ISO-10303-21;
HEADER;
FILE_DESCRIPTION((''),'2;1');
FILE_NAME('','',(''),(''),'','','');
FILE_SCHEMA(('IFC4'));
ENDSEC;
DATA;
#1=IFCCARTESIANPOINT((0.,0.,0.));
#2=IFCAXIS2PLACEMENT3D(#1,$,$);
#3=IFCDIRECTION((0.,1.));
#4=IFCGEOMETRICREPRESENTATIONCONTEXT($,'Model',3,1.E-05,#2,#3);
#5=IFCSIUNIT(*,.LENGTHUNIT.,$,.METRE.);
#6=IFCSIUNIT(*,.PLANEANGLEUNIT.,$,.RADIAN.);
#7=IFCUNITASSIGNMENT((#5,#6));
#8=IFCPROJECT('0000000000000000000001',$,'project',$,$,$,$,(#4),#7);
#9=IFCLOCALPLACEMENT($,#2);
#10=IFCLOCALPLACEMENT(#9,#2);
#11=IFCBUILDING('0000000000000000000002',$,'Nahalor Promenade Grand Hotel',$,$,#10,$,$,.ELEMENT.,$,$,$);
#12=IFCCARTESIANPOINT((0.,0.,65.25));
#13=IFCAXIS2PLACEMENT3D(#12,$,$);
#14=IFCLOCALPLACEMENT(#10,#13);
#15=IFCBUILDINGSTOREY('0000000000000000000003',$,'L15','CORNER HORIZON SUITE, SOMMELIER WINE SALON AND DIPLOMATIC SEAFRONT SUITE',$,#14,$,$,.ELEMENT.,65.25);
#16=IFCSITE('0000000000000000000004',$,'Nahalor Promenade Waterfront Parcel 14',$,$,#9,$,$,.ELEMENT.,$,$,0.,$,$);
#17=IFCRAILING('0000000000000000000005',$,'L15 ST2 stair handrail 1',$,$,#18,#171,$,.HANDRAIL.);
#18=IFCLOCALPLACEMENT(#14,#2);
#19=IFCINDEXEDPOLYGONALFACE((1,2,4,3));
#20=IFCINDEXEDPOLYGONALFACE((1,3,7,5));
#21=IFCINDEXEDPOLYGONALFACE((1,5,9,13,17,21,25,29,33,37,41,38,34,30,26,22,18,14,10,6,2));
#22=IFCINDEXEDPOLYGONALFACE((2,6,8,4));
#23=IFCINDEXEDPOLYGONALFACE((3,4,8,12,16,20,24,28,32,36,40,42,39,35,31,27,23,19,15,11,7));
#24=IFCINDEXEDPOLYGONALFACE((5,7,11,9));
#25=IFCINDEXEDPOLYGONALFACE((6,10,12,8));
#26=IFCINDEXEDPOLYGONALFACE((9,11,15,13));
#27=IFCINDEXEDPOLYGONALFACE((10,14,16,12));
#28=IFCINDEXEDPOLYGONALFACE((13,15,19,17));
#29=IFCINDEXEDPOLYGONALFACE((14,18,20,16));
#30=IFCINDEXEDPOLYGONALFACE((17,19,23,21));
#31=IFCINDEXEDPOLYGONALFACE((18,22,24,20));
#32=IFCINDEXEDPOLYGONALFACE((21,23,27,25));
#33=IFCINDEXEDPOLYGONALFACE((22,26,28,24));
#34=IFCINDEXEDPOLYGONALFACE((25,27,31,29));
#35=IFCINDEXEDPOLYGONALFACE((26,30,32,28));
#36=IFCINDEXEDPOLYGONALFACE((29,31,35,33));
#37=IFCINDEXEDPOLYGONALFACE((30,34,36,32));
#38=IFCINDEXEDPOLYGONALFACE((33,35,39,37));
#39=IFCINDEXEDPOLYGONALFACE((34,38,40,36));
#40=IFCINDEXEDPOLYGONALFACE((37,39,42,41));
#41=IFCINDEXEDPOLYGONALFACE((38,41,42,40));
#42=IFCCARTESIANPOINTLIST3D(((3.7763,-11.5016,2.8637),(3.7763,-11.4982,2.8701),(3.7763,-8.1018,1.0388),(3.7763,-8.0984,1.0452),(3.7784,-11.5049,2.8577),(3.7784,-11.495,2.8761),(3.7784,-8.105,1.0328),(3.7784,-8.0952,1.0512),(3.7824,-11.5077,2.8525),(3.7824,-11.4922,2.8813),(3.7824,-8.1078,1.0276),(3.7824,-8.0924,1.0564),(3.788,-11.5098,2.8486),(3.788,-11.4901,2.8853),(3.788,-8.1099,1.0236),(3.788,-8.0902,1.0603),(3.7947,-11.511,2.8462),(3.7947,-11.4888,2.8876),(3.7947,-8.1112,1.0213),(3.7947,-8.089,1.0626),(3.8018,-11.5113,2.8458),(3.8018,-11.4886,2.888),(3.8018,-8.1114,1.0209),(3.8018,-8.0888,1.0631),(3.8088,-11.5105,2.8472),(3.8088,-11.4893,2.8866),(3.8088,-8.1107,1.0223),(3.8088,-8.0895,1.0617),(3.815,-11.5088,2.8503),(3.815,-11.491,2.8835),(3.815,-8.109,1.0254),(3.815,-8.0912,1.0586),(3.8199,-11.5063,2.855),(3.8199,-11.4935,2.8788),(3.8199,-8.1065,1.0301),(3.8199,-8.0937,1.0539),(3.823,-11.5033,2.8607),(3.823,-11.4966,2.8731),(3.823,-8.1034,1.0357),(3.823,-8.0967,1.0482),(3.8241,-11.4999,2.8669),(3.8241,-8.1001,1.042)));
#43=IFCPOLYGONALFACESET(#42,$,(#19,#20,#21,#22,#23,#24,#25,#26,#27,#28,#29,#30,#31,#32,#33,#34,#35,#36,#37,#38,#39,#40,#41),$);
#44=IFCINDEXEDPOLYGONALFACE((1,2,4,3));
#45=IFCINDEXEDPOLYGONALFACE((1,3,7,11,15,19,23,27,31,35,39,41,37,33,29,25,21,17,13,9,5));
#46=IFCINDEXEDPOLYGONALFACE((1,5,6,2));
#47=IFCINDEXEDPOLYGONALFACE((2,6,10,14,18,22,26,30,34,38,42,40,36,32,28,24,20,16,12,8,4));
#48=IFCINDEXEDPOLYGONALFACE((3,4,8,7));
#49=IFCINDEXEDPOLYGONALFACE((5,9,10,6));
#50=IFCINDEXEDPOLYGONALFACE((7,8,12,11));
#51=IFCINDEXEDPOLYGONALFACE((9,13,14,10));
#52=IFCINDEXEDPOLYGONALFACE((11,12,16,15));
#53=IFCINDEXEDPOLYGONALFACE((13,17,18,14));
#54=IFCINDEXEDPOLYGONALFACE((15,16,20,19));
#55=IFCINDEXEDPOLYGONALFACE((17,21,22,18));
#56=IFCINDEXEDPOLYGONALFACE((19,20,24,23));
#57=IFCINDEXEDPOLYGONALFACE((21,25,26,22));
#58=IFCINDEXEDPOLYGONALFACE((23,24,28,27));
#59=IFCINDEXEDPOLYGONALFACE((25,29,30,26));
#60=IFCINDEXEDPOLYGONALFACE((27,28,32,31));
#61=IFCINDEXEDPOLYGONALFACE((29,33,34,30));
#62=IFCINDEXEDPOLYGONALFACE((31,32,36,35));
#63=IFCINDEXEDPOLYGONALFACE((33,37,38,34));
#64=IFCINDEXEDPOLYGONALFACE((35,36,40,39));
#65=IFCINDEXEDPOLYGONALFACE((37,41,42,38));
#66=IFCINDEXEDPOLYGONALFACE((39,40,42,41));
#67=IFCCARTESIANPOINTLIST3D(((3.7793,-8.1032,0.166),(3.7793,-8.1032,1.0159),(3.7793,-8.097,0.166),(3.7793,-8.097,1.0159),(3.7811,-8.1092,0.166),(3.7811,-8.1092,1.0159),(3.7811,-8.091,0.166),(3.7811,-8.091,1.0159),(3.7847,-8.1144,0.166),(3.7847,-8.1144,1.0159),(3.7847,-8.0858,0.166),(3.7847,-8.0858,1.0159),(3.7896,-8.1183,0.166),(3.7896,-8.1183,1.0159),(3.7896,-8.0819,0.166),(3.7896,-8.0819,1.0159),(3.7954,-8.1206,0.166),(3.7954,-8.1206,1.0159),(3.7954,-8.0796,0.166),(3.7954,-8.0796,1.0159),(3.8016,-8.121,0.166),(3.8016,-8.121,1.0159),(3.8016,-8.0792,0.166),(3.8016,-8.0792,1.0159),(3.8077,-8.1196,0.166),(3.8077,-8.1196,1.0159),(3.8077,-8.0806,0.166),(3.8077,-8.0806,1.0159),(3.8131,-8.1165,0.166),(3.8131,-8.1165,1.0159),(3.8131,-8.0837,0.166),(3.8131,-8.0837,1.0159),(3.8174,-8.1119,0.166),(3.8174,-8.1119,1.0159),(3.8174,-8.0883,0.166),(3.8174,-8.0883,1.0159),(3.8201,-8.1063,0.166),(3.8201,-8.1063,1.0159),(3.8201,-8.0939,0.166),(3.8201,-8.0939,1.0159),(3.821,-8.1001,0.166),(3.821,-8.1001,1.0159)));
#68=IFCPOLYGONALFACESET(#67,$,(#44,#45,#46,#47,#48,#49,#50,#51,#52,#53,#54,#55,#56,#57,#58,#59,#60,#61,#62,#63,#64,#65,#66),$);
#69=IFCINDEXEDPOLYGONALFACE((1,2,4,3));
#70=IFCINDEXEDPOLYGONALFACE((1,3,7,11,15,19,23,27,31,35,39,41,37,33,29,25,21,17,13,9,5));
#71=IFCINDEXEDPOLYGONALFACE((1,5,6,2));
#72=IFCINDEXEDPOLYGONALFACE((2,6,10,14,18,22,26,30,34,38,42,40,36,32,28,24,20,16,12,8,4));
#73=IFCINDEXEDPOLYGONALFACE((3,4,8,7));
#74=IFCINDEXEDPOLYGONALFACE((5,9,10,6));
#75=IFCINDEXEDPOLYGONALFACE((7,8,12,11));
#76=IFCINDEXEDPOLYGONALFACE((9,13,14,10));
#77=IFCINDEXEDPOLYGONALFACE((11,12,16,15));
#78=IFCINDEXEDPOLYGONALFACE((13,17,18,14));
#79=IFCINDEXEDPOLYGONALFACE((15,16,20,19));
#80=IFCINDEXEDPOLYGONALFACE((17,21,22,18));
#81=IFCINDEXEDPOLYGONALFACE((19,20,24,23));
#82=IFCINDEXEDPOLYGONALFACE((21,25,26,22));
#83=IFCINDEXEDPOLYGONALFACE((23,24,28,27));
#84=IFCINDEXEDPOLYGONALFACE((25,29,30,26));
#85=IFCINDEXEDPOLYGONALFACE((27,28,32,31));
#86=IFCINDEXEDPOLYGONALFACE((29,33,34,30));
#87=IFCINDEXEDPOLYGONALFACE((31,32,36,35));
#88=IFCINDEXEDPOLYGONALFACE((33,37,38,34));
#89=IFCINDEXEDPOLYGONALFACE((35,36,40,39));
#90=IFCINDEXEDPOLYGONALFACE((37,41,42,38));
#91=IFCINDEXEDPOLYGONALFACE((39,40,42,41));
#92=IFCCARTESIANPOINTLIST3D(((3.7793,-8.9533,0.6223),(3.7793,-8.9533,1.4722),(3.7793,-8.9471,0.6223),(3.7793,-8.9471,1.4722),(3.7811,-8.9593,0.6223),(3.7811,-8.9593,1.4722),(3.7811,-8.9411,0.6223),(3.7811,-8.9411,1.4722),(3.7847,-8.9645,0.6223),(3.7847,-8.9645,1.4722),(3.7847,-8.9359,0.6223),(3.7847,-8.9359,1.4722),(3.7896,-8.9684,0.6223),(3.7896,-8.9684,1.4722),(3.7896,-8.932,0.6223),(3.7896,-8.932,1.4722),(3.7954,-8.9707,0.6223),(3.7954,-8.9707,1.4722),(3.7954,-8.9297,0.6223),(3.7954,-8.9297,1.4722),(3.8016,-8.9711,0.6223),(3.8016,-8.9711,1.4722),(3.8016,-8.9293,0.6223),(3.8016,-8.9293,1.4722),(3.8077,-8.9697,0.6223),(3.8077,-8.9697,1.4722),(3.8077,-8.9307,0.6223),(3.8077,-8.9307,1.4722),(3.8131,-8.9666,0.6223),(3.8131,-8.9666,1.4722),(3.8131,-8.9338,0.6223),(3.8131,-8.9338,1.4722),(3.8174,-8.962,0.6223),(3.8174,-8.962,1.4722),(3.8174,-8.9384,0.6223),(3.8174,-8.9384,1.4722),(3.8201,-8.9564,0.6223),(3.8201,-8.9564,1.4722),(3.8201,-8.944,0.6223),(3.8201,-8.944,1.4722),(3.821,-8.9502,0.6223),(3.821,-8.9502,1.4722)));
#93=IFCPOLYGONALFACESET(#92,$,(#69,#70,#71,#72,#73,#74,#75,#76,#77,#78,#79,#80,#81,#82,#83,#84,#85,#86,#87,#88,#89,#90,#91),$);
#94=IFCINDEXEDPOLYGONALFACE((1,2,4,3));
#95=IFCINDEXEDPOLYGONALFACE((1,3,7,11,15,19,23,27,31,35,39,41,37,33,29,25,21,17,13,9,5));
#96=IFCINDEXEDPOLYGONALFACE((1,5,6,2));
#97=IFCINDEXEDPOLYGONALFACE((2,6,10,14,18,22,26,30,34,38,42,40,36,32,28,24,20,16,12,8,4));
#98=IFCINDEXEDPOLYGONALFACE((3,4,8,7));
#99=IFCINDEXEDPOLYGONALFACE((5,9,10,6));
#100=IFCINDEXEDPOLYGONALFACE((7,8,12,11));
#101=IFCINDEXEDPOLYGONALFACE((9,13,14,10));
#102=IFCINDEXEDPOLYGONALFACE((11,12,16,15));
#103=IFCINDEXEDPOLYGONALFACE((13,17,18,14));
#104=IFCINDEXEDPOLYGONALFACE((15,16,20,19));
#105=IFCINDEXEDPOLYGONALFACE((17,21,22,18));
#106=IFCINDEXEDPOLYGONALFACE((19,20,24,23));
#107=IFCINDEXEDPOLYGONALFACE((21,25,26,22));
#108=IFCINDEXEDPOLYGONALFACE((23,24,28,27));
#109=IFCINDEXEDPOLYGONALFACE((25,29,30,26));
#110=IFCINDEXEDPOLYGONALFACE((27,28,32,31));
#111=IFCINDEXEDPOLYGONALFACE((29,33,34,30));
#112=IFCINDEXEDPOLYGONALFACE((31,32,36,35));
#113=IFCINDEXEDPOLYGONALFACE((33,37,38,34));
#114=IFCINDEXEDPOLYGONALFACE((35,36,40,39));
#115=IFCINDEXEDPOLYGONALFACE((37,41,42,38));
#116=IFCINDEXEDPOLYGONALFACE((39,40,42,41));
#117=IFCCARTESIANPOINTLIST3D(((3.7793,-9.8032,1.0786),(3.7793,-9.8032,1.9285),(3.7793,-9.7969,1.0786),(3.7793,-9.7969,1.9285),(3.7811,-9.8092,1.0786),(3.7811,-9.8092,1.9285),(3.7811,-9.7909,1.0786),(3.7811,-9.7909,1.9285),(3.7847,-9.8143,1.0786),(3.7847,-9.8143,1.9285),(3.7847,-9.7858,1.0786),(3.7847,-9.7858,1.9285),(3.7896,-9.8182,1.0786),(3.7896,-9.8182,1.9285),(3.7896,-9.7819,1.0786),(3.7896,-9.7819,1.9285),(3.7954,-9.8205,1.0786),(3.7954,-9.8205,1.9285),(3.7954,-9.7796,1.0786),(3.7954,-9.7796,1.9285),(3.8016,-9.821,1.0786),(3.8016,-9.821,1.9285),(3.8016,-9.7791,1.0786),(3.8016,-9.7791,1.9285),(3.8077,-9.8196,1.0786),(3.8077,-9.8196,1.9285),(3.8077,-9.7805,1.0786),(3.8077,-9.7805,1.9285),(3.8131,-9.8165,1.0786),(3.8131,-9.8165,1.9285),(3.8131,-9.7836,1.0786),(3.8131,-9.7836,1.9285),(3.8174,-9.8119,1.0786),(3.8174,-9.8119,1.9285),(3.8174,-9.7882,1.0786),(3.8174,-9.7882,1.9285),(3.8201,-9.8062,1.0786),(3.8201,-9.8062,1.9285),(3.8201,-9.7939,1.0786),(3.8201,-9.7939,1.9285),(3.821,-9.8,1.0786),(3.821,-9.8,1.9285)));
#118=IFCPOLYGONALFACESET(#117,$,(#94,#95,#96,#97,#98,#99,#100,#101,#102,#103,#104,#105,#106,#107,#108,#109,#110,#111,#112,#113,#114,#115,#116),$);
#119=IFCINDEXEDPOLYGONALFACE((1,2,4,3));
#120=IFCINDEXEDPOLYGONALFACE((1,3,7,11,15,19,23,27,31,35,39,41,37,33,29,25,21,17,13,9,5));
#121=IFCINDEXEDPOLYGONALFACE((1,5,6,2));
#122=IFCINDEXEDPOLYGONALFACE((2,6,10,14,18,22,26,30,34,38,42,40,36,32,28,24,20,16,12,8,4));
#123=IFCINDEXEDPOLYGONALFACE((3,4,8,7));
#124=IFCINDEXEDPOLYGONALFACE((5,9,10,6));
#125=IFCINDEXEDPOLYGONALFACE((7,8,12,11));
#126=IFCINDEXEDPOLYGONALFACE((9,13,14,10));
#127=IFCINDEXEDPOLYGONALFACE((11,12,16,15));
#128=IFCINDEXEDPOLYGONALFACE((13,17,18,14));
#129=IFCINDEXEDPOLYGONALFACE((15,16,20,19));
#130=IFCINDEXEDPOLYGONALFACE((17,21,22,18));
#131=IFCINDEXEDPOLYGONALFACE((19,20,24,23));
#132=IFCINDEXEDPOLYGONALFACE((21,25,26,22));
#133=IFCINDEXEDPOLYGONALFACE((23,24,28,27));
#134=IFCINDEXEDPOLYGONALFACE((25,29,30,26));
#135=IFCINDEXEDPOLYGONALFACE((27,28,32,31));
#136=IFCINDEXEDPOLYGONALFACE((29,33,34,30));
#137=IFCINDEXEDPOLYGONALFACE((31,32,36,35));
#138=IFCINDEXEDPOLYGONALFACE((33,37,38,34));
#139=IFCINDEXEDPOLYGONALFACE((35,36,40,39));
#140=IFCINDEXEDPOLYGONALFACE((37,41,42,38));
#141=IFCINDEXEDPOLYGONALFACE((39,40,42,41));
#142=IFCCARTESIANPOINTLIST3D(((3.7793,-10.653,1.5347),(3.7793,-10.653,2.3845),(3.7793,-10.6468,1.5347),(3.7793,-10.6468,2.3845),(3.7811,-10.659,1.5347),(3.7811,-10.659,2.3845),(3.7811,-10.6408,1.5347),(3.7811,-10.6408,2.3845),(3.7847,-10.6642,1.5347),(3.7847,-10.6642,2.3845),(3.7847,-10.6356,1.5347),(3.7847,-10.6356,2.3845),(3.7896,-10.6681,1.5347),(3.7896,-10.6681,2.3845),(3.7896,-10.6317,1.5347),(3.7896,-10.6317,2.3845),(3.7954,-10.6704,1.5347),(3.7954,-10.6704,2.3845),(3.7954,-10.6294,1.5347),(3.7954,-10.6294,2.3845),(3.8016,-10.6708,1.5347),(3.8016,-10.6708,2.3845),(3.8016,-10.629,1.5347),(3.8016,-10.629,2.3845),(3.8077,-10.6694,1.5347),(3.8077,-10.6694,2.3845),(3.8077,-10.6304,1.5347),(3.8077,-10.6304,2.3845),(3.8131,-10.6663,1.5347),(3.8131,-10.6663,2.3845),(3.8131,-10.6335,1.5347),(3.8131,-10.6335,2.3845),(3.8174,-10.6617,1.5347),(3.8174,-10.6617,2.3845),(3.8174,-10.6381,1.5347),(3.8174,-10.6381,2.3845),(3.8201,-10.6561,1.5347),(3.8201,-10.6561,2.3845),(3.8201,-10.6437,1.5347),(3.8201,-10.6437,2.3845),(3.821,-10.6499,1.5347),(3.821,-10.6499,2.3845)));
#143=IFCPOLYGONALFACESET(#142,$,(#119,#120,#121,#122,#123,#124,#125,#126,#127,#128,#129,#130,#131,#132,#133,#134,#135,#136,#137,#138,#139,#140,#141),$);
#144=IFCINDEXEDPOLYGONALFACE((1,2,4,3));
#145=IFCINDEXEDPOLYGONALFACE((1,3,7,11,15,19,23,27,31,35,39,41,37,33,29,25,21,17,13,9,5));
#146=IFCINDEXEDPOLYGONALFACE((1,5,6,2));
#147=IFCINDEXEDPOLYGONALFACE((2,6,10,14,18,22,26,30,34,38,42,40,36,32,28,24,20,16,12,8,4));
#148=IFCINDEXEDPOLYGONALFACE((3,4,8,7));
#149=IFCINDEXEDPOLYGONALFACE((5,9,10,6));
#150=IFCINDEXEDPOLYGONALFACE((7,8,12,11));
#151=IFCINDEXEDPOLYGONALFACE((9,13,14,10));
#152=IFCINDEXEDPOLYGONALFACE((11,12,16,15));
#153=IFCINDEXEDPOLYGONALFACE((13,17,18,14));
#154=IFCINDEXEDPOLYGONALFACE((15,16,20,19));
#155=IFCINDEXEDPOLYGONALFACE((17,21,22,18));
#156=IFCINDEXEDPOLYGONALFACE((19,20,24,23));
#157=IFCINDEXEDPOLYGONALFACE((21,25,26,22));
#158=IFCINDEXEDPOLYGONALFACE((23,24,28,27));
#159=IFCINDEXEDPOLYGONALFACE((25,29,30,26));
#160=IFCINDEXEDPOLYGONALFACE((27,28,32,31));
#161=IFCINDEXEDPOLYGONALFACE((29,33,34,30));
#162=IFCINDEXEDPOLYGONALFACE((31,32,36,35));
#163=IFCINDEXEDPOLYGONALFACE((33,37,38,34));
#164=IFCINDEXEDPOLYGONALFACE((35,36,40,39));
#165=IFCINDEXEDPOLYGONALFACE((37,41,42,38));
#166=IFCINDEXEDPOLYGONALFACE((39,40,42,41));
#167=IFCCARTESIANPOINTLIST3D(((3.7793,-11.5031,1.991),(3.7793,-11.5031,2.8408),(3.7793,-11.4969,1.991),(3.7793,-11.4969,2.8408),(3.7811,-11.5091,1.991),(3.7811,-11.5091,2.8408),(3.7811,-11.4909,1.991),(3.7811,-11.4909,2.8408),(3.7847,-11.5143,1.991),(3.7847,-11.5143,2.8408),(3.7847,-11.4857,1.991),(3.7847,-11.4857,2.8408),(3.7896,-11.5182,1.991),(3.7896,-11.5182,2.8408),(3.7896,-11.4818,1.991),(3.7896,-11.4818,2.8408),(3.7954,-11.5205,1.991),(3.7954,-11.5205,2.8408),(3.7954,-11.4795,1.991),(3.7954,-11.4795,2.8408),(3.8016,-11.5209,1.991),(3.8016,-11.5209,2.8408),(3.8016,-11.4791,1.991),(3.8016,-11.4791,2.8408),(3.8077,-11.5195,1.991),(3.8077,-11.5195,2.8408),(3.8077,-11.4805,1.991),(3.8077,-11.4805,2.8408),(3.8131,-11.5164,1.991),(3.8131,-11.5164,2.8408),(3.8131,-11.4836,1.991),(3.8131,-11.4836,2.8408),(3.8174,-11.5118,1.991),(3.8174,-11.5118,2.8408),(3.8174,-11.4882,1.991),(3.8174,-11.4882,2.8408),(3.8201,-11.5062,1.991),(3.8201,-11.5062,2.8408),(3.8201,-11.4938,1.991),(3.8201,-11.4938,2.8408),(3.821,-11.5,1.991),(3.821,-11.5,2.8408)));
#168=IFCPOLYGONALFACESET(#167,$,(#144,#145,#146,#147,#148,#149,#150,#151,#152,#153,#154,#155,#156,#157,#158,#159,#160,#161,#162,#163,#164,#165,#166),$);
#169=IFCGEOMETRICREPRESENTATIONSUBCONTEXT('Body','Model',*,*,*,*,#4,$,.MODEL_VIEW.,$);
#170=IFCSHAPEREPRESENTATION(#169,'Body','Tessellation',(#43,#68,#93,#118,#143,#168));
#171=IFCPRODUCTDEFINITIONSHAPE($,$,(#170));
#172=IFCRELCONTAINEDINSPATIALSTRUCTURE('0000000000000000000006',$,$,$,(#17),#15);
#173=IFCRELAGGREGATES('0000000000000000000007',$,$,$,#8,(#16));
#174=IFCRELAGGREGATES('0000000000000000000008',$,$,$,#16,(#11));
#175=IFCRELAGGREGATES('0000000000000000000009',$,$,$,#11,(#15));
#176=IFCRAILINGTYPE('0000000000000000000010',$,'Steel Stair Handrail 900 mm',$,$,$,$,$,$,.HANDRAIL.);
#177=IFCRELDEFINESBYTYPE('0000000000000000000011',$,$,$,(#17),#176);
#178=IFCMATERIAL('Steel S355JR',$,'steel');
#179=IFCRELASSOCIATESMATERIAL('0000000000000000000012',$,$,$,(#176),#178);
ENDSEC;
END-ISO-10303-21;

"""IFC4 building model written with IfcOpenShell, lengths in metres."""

from ifc_helpers import new_model, si_unit, direction, frame, origin, origin_2d, place, context, subcontext, project, spatial, circle, extrude, material, type_object, element, save


model = new_model("IFC4")

# Units and contexts
model_context = context("Model", 3, precision=1e-05, world=origin(), true_north=direction((0.0, 1.0)))
body_context = subcontext(model_context, "Body", "Model", "MODEL_VIEW")
ifc_project = project(units=[si_unit("LENGTHUNIT", "METRE"), si_unit("PLANEANGLEUNIT", "RADIAN")], contexts=[model_context])

# Site, building, storey
site_placement = place(None, origin())
site = spatial("IfcSite", under=ifc_project, at=site_placement, Name="Nahalor Promenade Waterfront Parcel 14", CompositionType="ELEMENT", RefElevation=0.0)
building_placement = place(site_placement, origin())
building = spatial("IfcBuilding", under=site, at=building_placement, Name="Nahalor Promenade Grand Hotel", CompositionType="ELEMENT")
storey_placement = place(building_placement, frame((0.0, 0.0, 65.25)))
storey = spatial("IfcBuildingStorey", under=building, at=storey_placement, Name="L15", Description="CORNER HORIZON SUITE, SOMMELIER WINE SALON AND DIPLOMATIC SEAFRONT SUITE", CompositionType="ELEMENT", Elevation=65.25)

# Shared definitions
ifc_material_1 = material(Name="Steel S355JR", Category="steel")

# Railing
railing_type_1 = type_object("IfcRailingType", Name="Steel Stair Handrail 900 mm", PredefinedType="HANDRAIL", material=ifc_material_1)
railing_1_placement = place(storey_placement, frame((3.8, -8.1001, 0.166)))
element("IfcRailing", 1, at=railing_1_placement, inside=storey, type_object=railing_type_1, Name="L15 ST2 stair handrail 1", PredefinedType="HANDRAIL", context=body_context, shape_type="SweptSolid", body=[
    extrude(circle(Radius=0.024, at=origin_2d()), frame((0.0, 0.0, 0.876), z_axis=(0.0, -0.881094, 0.472941), x_axis=(1.0, 0.0, 0.0)), (0.0, 0.0, 1.0), 3.8586),
    extrude(circle(Radius=0.021, at=origin_2d()), origin(), (0.0, 0.0, 1.0), 0.8499),
    extrude(circle(Radius=0.021, at=origin_2d()), frame((0.0, -0.8501, 0.4563)), (0.0, 0.0, 1.0), 0.8499),
    extrude(circle(Radius=0.021, at=origin_2d()), frame((0.0, -1.7, 0.9126)), (0.0, 0.0, 1.0), 0.8499),
    extrude(circle(Radius=0.021, at=origin_2d()), frame((0.0, -2.5498, 1.3687)), (0.0, 0.0, 1.0), 0.8499),
    extrude(circle(Radius=0.021, at=origin_2d()), frame((0.0, -3.3999, 1.825)), (0.0, 0.0, 1.0), 0.8499),
])

save(model, "model.ifc")
